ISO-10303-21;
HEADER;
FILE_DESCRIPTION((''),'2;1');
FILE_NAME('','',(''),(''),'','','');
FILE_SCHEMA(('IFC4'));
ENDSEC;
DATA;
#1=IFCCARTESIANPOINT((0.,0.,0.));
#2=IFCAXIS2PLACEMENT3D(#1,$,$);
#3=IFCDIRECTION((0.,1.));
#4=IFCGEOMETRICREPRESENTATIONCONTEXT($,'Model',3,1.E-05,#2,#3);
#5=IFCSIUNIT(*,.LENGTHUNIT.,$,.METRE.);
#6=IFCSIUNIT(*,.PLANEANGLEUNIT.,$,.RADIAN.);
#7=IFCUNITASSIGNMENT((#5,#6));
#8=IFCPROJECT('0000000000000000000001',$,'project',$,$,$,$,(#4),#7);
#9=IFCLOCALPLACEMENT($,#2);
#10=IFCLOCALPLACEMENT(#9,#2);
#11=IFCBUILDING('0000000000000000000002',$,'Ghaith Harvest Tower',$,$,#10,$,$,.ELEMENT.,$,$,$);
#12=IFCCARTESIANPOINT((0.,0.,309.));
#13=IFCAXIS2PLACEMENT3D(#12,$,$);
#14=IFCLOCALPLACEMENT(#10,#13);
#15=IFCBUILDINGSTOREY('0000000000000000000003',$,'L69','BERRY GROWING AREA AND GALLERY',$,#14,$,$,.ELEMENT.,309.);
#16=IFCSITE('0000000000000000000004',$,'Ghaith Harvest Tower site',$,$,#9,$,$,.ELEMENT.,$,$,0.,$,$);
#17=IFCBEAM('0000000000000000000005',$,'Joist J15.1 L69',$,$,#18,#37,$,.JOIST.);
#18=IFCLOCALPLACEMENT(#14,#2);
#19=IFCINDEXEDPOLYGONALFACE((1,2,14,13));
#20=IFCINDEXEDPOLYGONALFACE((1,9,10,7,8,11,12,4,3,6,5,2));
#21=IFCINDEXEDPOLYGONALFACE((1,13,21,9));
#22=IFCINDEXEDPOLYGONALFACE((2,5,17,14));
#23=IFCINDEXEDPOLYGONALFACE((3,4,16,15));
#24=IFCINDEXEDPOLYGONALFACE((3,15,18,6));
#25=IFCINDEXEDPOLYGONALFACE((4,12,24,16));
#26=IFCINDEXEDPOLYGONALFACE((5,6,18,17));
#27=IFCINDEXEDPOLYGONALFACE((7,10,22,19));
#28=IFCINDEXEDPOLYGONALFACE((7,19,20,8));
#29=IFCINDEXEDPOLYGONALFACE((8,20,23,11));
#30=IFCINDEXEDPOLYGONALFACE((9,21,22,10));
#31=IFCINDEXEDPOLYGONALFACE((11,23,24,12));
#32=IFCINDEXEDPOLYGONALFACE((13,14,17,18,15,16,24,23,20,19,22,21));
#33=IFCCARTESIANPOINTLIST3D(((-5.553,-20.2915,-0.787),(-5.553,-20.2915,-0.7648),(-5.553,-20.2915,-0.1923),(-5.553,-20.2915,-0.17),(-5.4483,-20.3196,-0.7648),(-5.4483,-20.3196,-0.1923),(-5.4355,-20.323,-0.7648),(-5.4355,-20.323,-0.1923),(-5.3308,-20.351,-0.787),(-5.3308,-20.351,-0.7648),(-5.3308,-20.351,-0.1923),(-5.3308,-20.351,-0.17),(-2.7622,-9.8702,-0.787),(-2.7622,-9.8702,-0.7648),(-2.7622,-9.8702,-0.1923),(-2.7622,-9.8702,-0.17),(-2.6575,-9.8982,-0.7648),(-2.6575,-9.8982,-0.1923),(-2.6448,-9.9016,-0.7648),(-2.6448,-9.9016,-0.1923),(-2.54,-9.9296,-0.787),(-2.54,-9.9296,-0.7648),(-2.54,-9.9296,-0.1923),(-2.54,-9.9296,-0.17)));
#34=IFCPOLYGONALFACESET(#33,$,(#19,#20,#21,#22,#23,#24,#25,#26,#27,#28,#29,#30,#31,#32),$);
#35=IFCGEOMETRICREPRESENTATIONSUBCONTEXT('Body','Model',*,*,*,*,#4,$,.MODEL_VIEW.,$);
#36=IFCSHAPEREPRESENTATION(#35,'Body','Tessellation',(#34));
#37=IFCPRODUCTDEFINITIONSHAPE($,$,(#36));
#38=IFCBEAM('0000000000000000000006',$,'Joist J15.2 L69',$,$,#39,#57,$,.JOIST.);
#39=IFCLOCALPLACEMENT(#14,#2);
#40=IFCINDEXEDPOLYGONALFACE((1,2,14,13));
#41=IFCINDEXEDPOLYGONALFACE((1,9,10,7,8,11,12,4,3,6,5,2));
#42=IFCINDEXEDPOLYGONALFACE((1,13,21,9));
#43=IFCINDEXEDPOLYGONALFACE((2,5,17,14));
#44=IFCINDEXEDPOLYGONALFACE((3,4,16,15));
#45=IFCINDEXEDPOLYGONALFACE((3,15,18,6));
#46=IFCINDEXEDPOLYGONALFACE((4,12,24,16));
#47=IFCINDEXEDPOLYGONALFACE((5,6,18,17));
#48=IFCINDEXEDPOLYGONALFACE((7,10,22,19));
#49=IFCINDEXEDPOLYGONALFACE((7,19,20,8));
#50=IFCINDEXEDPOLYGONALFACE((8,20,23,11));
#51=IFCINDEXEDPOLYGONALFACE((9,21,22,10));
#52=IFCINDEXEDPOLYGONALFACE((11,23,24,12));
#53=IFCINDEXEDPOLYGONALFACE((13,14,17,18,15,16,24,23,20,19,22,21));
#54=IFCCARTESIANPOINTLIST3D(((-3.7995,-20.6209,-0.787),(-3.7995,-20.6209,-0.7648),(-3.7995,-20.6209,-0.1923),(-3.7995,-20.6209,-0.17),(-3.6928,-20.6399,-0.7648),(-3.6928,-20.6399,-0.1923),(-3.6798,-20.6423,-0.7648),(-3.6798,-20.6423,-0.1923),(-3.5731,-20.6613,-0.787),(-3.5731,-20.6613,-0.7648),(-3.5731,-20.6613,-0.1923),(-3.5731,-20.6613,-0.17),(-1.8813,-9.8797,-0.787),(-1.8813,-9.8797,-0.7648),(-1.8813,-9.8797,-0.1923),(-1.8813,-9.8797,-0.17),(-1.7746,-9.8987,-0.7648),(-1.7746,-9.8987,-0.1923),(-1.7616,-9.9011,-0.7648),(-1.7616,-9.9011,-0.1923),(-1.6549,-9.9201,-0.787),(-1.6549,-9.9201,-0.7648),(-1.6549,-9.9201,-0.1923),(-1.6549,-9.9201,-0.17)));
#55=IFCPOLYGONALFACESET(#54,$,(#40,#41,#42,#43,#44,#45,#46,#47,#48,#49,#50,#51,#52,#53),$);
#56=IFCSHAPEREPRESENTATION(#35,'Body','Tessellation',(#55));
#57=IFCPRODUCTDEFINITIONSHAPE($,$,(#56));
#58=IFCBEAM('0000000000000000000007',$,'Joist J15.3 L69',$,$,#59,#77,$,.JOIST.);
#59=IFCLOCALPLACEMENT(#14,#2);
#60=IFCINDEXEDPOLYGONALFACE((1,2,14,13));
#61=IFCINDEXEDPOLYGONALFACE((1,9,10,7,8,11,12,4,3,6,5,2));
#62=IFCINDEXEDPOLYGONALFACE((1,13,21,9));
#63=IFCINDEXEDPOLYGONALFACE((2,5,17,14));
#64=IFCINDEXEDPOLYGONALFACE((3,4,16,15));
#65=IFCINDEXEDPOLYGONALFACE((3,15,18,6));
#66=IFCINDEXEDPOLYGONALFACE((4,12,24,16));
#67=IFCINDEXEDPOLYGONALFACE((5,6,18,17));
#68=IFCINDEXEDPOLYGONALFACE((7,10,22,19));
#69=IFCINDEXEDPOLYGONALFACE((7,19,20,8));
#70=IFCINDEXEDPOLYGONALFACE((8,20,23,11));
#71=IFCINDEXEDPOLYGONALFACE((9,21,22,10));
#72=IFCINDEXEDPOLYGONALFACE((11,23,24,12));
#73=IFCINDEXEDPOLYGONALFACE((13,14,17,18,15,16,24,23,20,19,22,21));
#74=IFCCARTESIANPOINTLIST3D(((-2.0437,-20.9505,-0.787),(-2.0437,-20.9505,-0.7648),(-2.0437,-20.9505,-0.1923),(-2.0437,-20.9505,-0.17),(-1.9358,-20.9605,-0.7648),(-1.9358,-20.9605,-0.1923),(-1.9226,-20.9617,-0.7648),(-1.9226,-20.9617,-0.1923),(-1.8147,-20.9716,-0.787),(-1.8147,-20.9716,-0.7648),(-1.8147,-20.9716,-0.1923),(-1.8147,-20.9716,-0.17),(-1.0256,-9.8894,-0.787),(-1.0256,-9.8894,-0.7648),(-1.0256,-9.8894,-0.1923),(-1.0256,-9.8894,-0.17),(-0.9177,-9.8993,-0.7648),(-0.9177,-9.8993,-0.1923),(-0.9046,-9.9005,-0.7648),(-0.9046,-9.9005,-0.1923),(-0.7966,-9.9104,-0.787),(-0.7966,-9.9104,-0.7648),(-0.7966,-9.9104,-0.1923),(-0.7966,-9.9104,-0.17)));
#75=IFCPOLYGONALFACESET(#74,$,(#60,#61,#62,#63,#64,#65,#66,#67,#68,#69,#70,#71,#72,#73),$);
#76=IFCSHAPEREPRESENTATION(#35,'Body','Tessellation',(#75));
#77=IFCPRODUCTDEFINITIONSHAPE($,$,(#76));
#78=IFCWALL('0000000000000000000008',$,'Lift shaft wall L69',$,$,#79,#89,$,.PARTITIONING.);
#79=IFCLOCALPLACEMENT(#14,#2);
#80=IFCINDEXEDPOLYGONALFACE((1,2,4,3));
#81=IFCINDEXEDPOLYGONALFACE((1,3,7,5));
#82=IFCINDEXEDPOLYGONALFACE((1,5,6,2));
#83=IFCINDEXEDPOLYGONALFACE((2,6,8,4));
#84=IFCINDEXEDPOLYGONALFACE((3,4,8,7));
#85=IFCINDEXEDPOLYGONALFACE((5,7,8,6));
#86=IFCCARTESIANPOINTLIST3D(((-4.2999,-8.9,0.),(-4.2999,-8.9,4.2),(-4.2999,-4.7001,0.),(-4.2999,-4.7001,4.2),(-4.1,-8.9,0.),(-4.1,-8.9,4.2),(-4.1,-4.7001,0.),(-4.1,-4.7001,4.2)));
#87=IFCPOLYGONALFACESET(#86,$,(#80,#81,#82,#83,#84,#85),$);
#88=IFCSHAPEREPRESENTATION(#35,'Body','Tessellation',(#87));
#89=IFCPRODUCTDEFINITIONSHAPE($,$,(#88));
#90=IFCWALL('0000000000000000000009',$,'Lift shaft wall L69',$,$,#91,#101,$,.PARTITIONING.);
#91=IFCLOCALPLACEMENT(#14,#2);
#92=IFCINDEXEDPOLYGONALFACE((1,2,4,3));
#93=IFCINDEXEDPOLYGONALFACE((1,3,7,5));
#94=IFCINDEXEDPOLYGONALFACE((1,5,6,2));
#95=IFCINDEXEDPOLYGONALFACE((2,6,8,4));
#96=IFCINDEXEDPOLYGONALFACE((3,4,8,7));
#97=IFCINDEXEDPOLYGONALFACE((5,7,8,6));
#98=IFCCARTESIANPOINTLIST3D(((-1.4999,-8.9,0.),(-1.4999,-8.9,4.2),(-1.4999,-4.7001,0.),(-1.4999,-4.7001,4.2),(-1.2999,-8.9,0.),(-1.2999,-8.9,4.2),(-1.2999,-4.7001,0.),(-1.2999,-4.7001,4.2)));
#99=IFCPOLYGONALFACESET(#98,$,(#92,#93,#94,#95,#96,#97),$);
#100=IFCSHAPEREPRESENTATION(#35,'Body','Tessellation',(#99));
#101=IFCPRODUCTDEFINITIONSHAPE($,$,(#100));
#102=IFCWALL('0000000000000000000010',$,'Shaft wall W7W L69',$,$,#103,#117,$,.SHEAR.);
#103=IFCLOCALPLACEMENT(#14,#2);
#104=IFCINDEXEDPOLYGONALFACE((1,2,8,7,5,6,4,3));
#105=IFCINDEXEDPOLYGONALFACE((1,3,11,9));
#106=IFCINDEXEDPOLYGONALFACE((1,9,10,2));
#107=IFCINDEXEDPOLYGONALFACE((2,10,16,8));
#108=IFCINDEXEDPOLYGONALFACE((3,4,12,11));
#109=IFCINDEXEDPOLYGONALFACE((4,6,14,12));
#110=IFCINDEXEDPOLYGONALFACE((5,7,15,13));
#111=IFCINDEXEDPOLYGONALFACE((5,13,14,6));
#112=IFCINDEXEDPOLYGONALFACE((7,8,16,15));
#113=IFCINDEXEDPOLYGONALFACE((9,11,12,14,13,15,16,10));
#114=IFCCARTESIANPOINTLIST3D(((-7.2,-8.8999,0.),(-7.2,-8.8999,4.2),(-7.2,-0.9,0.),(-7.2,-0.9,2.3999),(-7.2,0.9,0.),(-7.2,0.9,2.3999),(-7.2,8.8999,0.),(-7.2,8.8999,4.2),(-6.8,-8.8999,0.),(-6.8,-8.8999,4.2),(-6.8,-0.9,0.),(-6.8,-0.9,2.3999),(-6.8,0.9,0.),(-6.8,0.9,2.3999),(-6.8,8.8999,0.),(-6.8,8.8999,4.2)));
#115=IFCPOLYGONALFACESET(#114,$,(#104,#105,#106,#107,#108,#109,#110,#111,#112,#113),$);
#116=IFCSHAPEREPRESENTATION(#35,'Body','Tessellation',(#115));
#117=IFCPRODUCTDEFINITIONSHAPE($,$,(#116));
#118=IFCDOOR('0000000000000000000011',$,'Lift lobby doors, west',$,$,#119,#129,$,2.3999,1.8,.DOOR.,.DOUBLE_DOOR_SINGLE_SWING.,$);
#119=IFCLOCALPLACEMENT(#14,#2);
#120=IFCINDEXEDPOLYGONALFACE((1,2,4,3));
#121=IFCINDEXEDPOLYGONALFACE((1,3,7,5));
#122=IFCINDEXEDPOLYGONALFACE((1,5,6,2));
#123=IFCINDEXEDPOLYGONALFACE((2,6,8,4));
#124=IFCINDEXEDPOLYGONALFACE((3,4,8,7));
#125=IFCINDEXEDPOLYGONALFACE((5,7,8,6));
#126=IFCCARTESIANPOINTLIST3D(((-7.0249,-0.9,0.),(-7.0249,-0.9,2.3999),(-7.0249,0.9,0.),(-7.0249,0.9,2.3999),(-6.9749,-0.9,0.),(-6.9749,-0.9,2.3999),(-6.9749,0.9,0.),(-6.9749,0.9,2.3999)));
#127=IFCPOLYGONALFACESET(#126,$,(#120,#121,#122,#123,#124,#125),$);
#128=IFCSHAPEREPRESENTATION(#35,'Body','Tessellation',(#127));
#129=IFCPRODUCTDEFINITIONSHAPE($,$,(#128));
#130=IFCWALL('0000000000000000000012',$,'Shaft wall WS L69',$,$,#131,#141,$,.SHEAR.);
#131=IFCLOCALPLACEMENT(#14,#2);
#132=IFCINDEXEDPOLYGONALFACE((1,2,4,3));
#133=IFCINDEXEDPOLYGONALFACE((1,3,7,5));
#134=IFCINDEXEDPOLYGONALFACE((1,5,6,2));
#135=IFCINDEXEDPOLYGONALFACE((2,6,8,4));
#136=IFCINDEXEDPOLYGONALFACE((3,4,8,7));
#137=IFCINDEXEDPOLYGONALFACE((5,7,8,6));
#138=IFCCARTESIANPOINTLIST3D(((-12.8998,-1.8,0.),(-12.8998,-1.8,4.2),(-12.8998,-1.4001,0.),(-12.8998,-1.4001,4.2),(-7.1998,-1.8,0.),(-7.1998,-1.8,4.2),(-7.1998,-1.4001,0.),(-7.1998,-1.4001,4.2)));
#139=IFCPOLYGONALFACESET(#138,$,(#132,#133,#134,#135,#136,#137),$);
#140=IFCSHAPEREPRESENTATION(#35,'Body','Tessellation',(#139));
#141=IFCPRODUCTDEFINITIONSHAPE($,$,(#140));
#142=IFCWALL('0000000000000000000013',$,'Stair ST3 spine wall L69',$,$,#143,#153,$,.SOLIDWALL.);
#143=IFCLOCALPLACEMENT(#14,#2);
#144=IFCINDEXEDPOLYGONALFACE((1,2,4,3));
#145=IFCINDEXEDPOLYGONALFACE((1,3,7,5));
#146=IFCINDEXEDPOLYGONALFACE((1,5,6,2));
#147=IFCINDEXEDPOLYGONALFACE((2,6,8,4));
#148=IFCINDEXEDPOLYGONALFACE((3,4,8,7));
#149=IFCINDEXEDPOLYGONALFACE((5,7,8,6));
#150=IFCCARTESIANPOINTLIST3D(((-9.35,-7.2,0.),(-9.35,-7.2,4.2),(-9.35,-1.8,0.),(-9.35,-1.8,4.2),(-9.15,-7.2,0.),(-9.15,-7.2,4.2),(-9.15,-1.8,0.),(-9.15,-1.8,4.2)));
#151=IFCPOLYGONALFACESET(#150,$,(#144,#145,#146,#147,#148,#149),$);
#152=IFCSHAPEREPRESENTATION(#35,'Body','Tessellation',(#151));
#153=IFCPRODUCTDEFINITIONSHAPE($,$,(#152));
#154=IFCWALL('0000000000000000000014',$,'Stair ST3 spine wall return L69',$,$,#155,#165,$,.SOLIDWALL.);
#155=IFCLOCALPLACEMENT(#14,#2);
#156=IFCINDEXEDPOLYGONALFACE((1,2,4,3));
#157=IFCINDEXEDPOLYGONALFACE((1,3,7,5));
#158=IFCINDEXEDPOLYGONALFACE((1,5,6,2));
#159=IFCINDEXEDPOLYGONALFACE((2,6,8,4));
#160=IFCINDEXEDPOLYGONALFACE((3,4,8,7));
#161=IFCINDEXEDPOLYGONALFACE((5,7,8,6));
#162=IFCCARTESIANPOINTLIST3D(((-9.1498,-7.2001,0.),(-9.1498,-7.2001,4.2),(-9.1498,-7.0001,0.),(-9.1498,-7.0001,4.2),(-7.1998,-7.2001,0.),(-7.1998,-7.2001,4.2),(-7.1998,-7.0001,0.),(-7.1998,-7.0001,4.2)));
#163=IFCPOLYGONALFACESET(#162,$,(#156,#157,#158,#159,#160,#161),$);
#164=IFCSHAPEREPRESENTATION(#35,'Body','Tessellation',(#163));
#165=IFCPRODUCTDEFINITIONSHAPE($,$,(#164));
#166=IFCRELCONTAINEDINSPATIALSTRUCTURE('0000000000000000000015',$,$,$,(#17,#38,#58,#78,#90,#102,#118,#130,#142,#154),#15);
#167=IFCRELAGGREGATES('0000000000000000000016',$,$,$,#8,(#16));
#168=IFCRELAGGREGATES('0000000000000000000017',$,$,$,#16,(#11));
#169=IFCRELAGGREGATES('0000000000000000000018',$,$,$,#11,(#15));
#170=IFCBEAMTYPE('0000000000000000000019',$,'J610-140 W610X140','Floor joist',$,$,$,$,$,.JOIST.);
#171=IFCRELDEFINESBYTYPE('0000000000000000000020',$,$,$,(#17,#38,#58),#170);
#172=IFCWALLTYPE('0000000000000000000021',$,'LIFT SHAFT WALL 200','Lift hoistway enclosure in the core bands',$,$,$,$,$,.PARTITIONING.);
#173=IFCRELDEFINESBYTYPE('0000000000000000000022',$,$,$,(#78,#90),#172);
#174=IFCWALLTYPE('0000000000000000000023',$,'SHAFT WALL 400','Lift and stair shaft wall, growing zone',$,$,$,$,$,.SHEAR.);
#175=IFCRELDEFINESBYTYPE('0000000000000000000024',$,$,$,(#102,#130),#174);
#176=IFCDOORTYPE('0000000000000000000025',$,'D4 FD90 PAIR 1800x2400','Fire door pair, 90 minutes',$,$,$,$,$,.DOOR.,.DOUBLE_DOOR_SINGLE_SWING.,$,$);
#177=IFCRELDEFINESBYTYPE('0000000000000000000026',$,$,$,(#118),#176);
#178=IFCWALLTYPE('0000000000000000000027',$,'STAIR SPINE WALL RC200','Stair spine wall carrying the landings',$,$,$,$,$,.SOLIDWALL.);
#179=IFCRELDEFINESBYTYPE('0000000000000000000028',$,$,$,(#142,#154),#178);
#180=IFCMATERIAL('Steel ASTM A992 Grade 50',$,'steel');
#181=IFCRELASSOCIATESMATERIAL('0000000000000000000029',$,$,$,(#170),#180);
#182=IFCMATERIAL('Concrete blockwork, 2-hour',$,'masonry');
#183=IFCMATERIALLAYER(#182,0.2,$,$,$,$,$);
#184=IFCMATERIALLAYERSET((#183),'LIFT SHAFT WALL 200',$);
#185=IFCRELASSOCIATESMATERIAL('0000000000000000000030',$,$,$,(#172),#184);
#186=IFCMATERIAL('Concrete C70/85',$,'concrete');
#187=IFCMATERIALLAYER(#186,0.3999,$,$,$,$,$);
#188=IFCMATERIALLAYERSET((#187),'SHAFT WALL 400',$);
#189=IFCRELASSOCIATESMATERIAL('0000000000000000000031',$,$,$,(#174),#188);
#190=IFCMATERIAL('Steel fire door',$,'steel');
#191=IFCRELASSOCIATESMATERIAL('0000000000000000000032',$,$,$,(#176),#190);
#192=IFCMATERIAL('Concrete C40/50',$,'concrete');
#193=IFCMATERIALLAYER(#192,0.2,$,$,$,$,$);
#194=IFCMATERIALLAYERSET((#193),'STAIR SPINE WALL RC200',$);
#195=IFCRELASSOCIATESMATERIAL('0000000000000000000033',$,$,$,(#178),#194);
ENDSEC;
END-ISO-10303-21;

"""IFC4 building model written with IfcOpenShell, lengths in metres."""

from ifc_helpers import new_model, si_unit, direction, frame, frame_2d, origin, origin_2d, place, context, subcontext, project, spatial, rectangle, i_section, extrude, material, layer, layer_set, material_profile, profile_set, type_object, element, fill, save


model = new_model("IFC4")

# Units and contexts
model_context = context("Model", 3, precision=1e-05, world=origin(), true_north=direction((0.0, 1.0)))
body_context = subcontext(model_context, "Body", "Model", "MODEL_VIEW")
ifc_project = project(units=[si_unit("LENGTHUNIT", "METRE"), si_unit("PLANEANGLEUNIT", "RADIAN")], contexts=[model_context])

# Site, building, storey
site_placement = place(None, origin())
site = spatial("IfcSite", under=ifc_project, at=site_placement, Name="Ghaith Harvest Tower site", CompositionType="ELEMENT", RefElevation=0.0)
building_placement = place(site_placement, origin())
building = spatial("IfcBuilding", under=site, at=building_placement, Name="Ghaith Harvest Tower", CompositionType="ELEMENT")
storey_placement = place(building_placement, frame((0.0, 0.0, 309.0)))
storey = spatial("IfcBuildingStorey", under=building, at=storey_placement, Name="L69", Description="BERRY GROWING AREA AND GALLERY", CompositionType="ELEMENT", Elevation=309.0)

# Beams
ifc_material_1 = material(Name="Steel ASTM A992 Grade 50", Category="steel")
ifc_material_profile_1 = material_profile(ifc_material_1, i_section(OverallWidth=0.23, OverallDepth=0.6169, WebThickness=0.0132, FlangeThickness=0.0222, at=origin_2d()), Name="W610X140")
ifc_profile_set_1 = profile_set([ifc_material_profile_1], Name="Steel ASTM A992 Grade 50")
beam_type_1 = type_object("IfcBeamType", Name="J610-140 W610X140", Description="Floor joist", PredefinedType="JOIST", material=ifc_profile_set_1)
beam_1_placement = place(storey_placement, frame((-2.6511, -9.8999, -0.4785), z_axis=(-0.258678, -0.965964, 0.0), x_axis=(0.965964, -0.258678, 0.0)))
element("IfcBeam", 1, at=beam_1_placement, inside=storey, type_object=beam_type_1, Name="Joist J15.1 L69", PredefinedType="JOIST", context=body_context, shape_type="SweptSolid", body=[
    extrude(i_section(OverallWidth=0.23, OverallDepth=0.6169, WebThickness=0.0132, FlangeThickness=0.0222, at=origin_2d()), origin(), (0.0, 0.0, 1.0), 10.7886),
])
beam_2_placement = place(storey_placement, frame((-1.7681, -9.8999, -0.4785), z_axis=(-0.175803, -0.984425, 0.0), x_axis=(0.984425, -0.175803, 0.0)))
element("IfcBeam", 2, at=beam_2_placement, inside=storey, type_object=beam_type_1, Name="Joist J15.2 L69", PredefinedType="JOIST", context=body_context, shape_type="SweptSolid", body=[
    extrude(i_section(OverallWidth=0.23, OverallDepth=0.6169, WebThickness=0.0132, FlangeThickness=0.0222, at=origin_2d()), origin(), (0.0, 0.0, 1.0), 10.9111),
])
beam_3_placement = place(storey_placement, frame((-0.9111, -9.8999, -0.4785), z_axis=(-0.091651, -0.995791, 0.0), x_axis=(0.995791, -0.091651, 0.0)))
element("IfcBeam", 3, at=beam_3_placement, inside=storey, type_object=beam_type_1, Name="Joist J15.3 L69", PredefinedType="JOIST", context=body_context, shape_type="SweptSolid", body=[
    extrude(i_section(OverallWidth=0.23, OverallDepth=0.6169, WebThickness=0.0132, FlangeThickness=0.0222, at=origin_2d()), origin(), (0.0, 0.0, 1.0), 11.1079),
])

# Walls
ifc_material_2 = material(Name="Concrete blockwork, 2-hour", Category="masonry")
ifc_layer_1 = layer(ifc_material_2, 0.2)
ifc_layer_set_1 = layer_set([ifc_layer_1], Name="LIFT SHAFT WALL 200")
wall_type_1 = type_object("IfcWallType", Name="LIFT SHAFT WALL 200", Description="Lift hoistway enclosure in the core bands", PredefinedType="PARTITIONING", material=ifc_layer_set_1)
for number, where, z_axis, x_axis, name in (
    (4, (-4.2, -4.7, 0.0), (0.0, 0.0, 1.0), (0.0, -1.0, 0.0), "Lift shaft wall L69"),
    (5, (-1.3999, -4.7, 0.0), (0.0, 0.0, 1.0), (0.0, -1.0, 0.0), "Lift shaft wall L69"),
):
    element("IfcWall", number, at=place(storey_placement, frame(where, z_axis=z_axis, x_axis=x_axis)), inside=storey, type_object=wall_type_1, Name=name, PredefinedType="PARTITIONING", context=body_context, shape_type="SweptSolid", body=[
        extrude(rectangle(XDim=4.2, YDim=0.2, at=frame_2d((2.1001, 0.0))), origin(), (0.0, 0.0, 1.0), 4.2),
    ])

# Wall, opening, door
ifc_material_3 = material(Name="Concrete C70/85", Category="concrete")
ifc_layer_2 = layer(ifc_material_3, 0.3999)
ifc_layer_set_2 = layer_set([ifc_layer_2], Name="SHAFT WALL 400")
wall_type_2 = type_object("IfcWallType", Name="SHAFT WALL 400", Description="Lift and stair shaft wall, growing zone", PredefinedType="SHEAR", material=ifc_layer_set_2)
wall_1_placement = place(storey_placement, frame((-7.0, -8.8999, 0.0), z_axis=(0.0, 0.0, 1.0), x_axis=(0.0, 1.0, 0.0)))
wall_1 = element("IfcWall", 6, at=wall_1_placement, inside=storey, type_object=wall_type_2, Name="Shaft wall W7W L69", PredefinedType="SHEAR", context=body_context, shape_type="SweptSolid", body=[
    extrude(rectangle(XDim=17.7998, YDim=0.3999, at=frame_2d((8.8999, 0.0))), origin(), (0.0, 0.0, 1.0), 4.2),
])
opening_1_placement = place(wall_1_placement, frame((8.0, 0.0, 0.0)))
opening_1 = element("IfcOpeningElement", 7, at=opening_1_placement, cuts=wall_1, PredefinedType="OPENING", context=body_context, shape_type="SweptSolid", body=[
    extrude(rectangle(XDim=1.8, YDim=2.3999, at=frame_2d((0.8999, 1.2))), frame((0.0, 0.21, 0.0), z_axis=(0.0, -1.0, 0.0), x_axis=(1.0, 0.0, 0.0)), (0.0, 0.0, 1.0), 0.4199),
])
ifc_material_4 = material(Name="Steel fire door", Category="steel")
door_type_1 = type_object("IfcDoorType", Name="D4 FD90 PAIR 1800x2400", Description="Fire door pair, 90 minutes", OperationType="DOUBLE_DOOR_SINGLE_SWING", PredefinedType="DOOR", material=ifc_material_4)
door_1_placement = place(opening_1_placement, origin())
door_1 = element("IfcDoor", 8, at=door_1_placement, inside=storey, type_object=door_type_1, Name="Lift lobby doors, west", OperationType="DOUBLE_DOOR_SINGLE_SWING", OverallHeight=2.3999, OverallWidth=1.8, PredefinedType="DOOR", context=body_context, shape_type="SweptSolid", body=[
    extrude(rectangle(XDim=1.8, YDim=2.3999, at=frame_2d((0.8999, 1.2))), frame((0.0, 0.0249, 0.0), z_axis=(0.0, -1.0, 0.0), x_axis=(1.0, 0.0, 0.0)), (0.0, 0.0, 1.0), 0.05),
])
fill(opening_1, door_1)

# Walls
wall_2_placement = place(storey_placement, frame((-12.8999, -1.6001, 0.0), z_axis=(0.0, 0.0, 1.0), x_axis=(1.0, 0.0, 0.0)))
element("IfcWall", 9, at=wall_2_placement, inside=storey, type_object=wall_type_2, Name="Shaft wall WS L69", PredefinedType="SHEAR", context=body_context, shape_type="SweptSolid", body=[
    extrude(rectangle(XDim=5.7, YDim=0.3999, at=frame_2d((2.8501, 0.0))), origin(), (0.0, 0.0, 1.0), 4.2),
])
ifc_material_5 = material(Name="Concrete C40/50", Category="concrete")
ifc_layer_3 = layer(ifc_material_5, 0.2)
ifc_layer_set_3 = layer_set([ifc_layer_3], Name="STAIR SPINE WALL RC200")
wall_type_3 = type_object("IfcWallType", Name="STAIR SPINE WALL RC200", Description="Stair spine wall carrying the landings", PredefinedType="SOLIDWALL", material=ifc_layer_set_3)
wall_3_placement = place(storey_placement, frame((-9.25, -7.2, 0.0), z_axis=(0.0, 0.0, 1.0), x_axis=(0.0, 1.0, 0.0)))
element("IfcWall", 10, at=wall_3_placement, inside=storey, type_object=wall_type_3, Name="Stair ST3 spine wall L69", PredefinedType="SOLIDWALL", context=body_context, shape_type="SweptSolid", body=[
    extrude(rectangle(XDim=5.3999, YDim=0.2, at=frame_2d((2.7, 0.0))), origin(), (0.0, 0.0, 1.0), 4.2),
])
wall_4_placement = place(storey_placement, frame((-9.1499, -7.1001, 0.0), z_axis=(0.0, 0.0, 1.0), x_axis=(1.0, 0.0, 0.0)))
element("IfcWall", 11, at=wall_4_placement, inside=storey, type_object=wall_type_3, Name="Stair ST3 spine wall return L69", PredefinedType="SOLIDWALL", context=body_context, shape_type="SweptSolid", body=[
    extrude(rectangle(XDim=1.95, YDim=0.2, at=frame_2d((0.9751, 0.0))), origin(), (0.0, 0.0, 1.0), 4.2),
])

save(model, "model.ifc")
